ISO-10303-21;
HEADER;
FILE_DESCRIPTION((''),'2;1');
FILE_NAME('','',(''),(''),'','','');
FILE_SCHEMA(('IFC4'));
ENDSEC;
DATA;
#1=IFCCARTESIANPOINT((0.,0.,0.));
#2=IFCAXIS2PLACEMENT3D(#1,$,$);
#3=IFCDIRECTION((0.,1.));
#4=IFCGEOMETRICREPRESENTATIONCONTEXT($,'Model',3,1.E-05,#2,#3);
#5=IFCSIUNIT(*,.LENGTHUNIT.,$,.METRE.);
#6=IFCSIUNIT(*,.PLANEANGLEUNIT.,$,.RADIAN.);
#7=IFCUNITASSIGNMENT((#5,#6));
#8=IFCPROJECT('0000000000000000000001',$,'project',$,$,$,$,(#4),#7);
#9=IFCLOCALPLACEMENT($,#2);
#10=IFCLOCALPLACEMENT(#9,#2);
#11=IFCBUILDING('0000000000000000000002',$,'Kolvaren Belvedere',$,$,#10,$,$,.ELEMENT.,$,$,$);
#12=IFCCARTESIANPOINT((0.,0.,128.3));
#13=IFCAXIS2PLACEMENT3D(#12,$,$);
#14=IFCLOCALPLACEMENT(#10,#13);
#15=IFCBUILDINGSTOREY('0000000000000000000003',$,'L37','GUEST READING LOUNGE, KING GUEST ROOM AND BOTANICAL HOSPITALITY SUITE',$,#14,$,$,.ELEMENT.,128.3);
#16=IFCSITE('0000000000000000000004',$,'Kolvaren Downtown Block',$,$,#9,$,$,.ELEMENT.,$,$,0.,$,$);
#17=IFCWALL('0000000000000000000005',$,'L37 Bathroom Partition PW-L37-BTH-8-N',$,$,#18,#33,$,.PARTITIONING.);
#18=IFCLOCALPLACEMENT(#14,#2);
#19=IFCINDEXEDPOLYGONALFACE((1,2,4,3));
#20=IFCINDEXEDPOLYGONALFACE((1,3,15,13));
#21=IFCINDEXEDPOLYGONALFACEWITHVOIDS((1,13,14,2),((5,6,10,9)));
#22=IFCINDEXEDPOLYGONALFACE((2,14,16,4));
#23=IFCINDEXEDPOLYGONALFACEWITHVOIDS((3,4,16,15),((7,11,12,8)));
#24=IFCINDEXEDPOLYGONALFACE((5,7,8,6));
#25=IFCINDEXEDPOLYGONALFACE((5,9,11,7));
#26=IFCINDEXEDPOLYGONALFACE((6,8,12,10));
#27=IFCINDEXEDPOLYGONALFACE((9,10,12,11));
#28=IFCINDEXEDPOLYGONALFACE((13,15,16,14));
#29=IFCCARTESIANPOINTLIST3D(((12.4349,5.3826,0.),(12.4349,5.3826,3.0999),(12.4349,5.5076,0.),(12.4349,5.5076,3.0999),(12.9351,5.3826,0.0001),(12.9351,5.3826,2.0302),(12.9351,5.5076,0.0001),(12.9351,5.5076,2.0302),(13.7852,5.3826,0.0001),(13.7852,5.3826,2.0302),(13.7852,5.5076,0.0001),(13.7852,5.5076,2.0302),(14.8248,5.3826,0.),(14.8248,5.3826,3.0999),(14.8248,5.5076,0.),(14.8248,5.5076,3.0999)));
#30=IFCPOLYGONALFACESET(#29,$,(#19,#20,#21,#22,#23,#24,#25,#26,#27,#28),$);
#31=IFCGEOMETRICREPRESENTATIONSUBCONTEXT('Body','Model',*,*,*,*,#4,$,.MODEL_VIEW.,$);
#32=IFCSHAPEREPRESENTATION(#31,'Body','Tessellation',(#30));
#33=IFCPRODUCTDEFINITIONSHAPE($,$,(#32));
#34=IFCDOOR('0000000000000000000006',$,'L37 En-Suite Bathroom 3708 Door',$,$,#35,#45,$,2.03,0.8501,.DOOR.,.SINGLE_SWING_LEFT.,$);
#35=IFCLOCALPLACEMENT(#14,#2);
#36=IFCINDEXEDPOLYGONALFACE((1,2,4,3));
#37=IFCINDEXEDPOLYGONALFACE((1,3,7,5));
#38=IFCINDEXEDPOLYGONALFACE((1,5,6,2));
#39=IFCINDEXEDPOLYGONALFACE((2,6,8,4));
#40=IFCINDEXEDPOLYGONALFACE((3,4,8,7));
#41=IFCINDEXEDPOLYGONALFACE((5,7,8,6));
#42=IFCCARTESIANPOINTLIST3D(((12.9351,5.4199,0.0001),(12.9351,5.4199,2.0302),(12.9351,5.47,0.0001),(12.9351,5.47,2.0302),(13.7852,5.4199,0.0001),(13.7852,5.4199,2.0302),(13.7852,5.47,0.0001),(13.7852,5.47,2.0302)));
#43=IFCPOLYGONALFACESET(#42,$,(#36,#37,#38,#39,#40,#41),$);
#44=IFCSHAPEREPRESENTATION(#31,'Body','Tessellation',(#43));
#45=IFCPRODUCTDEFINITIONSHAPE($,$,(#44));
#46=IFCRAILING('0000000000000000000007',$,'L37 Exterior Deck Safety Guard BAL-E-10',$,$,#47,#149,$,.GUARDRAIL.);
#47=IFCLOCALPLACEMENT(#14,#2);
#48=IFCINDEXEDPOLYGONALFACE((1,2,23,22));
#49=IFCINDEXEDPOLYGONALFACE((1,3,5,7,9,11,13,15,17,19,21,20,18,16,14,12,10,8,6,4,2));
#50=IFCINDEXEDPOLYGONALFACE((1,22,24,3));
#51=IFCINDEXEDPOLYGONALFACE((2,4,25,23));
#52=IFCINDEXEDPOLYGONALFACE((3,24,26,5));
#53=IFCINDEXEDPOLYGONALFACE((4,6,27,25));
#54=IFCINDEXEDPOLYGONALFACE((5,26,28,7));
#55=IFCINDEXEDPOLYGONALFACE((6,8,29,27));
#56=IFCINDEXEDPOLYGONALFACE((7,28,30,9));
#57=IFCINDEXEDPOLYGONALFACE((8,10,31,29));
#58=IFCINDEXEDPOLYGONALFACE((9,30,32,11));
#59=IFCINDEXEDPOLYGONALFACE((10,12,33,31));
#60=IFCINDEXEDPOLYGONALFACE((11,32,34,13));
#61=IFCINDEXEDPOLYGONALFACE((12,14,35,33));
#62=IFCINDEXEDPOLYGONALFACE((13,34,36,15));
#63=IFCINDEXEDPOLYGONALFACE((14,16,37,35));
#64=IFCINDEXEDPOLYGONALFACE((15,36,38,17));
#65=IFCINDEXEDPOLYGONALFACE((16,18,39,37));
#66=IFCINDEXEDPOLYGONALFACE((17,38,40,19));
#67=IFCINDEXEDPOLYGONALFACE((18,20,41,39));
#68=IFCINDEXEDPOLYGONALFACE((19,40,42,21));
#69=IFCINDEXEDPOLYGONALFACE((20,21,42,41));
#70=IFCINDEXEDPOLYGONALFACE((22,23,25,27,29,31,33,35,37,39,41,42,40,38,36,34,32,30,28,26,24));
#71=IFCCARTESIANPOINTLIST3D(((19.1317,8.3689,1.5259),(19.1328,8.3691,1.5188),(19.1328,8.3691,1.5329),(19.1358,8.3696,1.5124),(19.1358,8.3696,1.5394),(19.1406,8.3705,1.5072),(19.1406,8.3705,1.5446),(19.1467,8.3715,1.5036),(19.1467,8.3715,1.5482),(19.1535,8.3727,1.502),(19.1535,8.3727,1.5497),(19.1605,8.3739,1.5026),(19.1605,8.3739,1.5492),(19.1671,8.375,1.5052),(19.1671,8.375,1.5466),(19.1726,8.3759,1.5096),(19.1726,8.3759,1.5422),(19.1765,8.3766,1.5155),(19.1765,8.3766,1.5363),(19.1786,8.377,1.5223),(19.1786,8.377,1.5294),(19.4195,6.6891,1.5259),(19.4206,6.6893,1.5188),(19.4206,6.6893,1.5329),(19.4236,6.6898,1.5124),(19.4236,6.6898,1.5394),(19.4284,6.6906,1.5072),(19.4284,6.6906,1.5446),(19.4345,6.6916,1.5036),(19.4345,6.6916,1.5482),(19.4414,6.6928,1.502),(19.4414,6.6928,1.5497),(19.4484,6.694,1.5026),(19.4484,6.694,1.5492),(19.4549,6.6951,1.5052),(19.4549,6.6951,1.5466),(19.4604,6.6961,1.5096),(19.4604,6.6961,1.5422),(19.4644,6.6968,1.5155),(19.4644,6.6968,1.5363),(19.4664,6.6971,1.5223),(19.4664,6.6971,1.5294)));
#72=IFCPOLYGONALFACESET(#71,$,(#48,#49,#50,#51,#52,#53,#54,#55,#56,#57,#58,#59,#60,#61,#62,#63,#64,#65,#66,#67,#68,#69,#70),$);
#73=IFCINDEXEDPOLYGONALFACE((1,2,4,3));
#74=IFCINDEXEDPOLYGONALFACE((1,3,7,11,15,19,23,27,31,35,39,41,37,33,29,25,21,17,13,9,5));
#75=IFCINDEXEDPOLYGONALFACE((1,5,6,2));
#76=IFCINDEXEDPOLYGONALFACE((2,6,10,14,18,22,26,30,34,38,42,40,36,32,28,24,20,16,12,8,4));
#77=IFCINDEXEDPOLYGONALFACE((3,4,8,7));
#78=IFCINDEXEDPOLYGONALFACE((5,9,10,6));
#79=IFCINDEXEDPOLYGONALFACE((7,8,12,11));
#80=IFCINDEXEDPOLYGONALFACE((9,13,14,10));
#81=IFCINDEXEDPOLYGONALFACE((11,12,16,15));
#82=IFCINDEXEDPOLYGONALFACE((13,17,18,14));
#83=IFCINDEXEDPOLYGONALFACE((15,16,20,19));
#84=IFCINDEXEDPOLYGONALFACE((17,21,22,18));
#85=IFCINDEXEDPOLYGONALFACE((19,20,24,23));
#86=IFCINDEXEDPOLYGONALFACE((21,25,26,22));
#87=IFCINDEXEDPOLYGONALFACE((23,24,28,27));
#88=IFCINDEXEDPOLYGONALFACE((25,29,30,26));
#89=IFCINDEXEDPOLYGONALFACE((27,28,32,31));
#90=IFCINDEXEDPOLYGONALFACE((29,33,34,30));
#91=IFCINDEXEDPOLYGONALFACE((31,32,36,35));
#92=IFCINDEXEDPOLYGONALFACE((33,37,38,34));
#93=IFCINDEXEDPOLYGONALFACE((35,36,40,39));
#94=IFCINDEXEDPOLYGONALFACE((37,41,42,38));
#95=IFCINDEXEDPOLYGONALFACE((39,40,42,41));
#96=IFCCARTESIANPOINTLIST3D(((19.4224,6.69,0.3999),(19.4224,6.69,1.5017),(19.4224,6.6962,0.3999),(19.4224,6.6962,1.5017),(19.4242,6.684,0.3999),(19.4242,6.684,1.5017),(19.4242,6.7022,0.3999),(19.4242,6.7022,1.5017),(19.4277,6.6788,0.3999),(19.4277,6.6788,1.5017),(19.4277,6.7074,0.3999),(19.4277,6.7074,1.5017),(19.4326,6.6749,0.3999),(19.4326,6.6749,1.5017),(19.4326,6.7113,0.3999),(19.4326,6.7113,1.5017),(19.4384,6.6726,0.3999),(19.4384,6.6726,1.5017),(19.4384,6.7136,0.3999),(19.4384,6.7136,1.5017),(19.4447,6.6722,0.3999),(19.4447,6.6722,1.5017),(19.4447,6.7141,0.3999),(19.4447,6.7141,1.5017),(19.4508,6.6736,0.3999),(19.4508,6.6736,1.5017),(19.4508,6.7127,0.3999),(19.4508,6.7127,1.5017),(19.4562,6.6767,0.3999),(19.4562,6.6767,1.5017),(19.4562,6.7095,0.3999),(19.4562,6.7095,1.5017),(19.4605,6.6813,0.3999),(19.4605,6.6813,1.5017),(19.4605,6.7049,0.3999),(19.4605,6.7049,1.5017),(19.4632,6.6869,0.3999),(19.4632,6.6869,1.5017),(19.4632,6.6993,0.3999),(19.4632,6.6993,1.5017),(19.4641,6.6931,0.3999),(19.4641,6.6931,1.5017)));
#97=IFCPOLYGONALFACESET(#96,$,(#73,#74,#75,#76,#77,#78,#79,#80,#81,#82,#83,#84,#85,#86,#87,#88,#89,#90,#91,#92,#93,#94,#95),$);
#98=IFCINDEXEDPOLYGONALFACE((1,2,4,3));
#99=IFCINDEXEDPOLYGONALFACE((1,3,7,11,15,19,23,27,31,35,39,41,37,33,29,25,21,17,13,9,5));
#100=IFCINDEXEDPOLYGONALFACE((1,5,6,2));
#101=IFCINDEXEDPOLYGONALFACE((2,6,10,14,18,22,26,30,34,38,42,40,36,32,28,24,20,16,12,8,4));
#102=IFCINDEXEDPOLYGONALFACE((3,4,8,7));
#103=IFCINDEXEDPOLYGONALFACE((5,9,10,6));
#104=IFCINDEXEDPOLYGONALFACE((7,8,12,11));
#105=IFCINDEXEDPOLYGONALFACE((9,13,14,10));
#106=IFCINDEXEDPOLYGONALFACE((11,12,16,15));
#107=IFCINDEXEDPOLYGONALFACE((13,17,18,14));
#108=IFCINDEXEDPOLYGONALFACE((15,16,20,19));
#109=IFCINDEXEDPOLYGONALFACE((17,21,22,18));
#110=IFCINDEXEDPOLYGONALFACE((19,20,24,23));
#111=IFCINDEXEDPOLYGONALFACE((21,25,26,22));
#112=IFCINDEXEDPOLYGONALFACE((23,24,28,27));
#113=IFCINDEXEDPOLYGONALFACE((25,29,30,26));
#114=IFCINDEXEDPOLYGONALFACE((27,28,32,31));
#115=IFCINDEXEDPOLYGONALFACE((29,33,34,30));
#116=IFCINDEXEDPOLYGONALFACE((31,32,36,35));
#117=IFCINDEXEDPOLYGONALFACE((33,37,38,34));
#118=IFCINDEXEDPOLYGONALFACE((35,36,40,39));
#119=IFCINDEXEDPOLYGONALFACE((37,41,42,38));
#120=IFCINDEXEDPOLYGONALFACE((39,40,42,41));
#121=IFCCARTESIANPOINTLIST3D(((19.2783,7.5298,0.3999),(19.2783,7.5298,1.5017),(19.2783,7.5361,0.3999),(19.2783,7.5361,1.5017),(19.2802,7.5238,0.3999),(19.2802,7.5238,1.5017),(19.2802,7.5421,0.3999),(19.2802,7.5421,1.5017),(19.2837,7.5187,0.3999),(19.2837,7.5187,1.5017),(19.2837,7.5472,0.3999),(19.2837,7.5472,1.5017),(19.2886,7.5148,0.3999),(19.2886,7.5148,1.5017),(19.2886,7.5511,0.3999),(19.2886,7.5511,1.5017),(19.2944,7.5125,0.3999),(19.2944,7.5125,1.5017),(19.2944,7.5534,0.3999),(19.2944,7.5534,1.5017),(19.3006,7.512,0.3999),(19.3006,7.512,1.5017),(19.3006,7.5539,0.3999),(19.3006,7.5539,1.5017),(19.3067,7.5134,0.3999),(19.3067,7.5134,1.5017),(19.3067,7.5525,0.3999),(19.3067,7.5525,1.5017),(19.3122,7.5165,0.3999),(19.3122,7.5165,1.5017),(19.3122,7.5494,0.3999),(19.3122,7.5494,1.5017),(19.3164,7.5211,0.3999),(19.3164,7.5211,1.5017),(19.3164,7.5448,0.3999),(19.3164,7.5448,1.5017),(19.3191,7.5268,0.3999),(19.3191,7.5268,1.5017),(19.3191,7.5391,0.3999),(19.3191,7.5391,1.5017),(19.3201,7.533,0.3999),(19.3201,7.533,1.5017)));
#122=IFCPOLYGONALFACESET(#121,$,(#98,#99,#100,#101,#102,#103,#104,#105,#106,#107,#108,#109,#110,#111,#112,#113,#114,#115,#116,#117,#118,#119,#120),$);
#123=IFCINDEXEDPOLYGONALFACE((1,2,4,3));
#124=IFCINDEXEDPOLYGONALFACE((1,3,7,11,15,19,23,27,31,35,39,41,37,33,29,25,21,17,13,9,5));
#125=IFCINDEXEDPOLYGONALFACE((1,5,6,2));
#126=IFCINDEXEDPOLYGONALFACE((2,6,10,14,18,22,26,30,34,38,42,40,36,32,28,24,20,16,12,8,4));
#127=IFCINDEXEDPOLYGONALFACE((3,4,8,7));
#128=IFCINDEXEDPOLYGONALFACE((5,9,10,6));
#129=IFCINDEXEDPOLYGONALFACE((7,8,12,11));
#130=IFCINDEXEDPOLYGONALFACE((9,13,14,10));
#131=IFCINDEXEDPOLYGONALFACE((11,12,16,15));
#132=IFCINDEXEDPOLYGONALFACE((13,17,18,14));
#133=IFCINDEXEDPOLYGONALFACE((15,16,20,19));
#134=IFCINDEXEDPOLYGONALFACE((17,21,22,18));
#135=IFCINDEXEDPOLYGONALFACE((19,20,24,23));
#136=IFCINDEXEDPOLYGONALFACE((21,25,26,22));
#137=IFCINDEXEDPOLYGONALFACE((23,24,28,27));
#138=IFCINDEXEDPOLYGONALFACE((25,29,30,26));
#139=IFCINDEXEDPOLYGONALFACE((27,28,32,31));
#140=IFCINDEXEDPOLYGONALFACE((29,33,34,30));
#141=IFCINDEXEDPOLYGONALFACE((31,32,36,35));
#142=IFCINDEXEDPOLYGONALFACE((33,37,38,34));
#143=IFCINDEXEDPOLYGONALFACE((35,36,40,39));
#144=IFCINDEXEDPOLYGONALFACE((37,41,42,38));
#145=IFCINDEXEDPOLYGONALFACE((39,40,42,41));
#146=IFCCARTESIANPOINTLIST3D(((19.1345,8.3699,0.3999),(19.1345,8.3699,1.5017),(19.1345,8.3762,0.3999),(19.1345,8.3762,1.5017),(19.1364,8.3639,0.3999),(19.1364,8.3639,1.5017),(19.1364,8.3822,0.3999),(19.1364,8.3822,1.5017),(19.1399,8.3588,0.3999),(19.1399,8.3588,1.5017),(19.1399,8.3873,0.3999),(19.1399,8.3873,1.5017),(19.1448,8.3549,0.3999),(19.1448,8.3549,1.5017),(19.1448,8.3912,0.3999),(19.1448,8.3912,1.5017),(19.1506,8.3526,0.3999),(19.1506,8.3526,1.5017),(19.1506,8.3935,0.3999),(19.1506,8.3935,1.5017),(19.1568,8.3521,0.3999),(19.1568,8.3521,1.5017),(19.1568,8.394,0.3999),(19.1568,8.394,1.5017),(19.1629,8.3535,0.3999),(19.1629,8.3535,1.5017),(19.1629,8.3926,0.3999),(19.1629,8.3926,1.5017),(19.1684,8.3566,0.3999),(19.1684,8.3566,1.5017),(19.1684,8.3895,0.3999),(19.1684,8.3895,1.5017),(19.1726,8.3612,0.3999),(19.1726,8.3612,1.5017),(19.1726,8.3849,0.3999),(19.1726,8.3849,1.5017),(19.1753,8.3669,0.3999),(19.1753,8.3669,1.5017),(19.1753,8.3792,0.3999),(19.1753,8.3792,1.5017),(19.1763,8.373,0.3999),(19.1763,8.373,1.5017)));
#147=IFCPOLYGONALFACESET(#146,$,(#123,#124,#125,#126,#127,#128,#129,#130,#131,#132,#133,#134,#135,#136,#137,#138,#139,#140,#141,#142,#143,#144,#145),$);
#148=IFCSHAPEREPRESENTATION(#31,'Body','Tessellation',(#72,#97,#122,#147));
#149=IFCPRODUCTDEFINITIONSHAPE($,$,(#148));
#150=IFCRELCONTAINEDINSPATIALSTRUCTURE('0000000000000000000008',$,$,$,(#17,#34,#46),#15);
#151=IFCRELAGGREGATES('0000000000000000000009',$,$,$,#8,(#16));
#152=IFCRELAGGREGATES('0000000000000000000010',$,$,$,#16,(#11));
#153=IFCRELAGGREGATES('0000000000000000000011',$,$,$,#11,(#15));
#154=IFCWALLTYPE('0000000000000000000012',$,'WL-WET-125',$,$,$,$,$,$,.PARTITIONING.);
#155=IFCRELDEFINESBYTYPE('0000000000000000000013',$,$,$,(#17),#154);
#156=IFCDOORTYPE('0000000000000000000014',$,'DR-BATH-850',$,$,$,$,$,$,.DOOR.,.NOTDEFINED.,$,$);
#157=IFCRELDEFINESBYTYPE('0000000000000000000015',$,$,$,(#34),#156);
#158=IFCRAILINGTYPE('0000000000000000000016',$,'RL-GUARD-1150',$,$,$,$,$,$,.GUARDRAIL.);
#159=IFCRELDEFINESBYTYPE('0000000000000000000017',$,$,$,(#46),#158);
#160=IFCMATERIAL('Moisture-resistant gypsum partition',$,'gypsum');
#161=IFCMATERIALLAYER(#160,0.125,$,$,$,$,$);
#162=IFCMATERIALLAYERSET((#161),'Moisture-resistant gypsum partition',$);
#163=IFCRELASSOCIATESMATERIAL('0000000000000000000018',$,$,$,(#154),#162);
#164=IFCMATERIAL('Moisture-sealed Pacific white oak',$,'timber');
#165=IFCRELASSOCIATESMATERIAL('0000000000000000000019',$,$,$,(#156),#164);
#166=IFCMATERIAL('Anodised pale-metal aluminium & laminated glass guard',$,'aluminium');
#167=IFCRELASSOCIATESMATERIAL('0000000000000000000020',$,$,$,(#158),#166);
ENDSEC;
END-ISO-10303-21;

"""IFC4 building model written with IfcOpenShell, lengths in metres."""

from ifc_helpers import new_model, si_unit, direction, frame, frame_2d, origin, origin_2d, place, context, subcontext, project, spatial, rectangle, circle, extrude, material, layer, layer_set, type_object, element, fill, save


model = new_model("IFC4")

# Units and contexts
model_context = context("Model", 3, precision=1e-05, world=origin(), true_north=direction((0.0, 1.0)))
body_context = subcontext(model_context, "Body", "Model", "MODEL_VIEW")
ifc_project = project(units=[si_unit("LENGTHUNIT", "METRE"), si_unit("PLANEANGLEUNIT", "RADIAN")], contexts=[model_context])

# Site, building, storey
site_placement = place(None, origin())
site = spatial("IfcSite", under=ifc_project, at=site_placement, Name="Kolvaren Downtown Block", CompositionType="ELEMENT", RefElevation=0.0)
building_placement = place(site_placement, origin())
building = spatial("IfcBuilding", under=site, at=building_placement, Name="Kolvaren Belvedere", CompositionType="ELEMENT")
storey_placement = place(building_placement, frame((0.0, 0.0, 128.3)))
storey = spatial("IfcBuildingStorey", under=building, at=storey_placement, Name="L37", Description="GUEST READING LOUNGE, KING GUEST ROOM AND BOTANICAL HOSPITALITY SUITE", CompositionType="ELEMENT", Elevation=128.3)

# Wall, opening, door
ifc_material_1 = material(Name="Moisture-resistant gypsum partition", Category="gypsum")
ifc_layer_1 = layer(ifc_material_1, 0.125)
ifc_layer_set_1 = layer_set([ifc_layer_1], Name="Moisture-resistant gypsum partition")
wall_type_1 = type_object("IfcWallType", Name="WL-WET-125", PredefinedType="PARTITIONING", material=ifc_layer_set_1)
wall_1_placement = place(storey_placement, frame((12.4351, 5.4451, 0.0), z_axis=(0.0, 0.0, 1.0), x_axis=(1.0, 0.0, 0.0)))
wall_1 = element("IfcWall", 1, at=wall_1_placement, inside=storey, type_object=wall_type_1, Name="L37 Bathroom Partition PW-L37-BTH-8-N", PredefinedType="PARTITIONING", context=body_context, shape_type="SweptSolid", body=[
    extrude(rectangle(XDim=2.3899, YDim=0.125, at=frame_2d((1.1948, 0.0))), origin(), (0.0, 0.0, 1.0), 3.0999),
])
opening_placement = place(wall_1_placement, frame((0.5, 0.0, 0.0)))
opening = element("IfcOpeningElement", 2, at=opening_placement, cuts=wall_1, PredefinedType="OPENING", context=body_context, shape_type="SweptSolid", body=[
    extrude(rectangle(XDim=0.8501, YDim=2.03, at=frame_2d((0.425, 1.0151))), frame((0.0, 0.0725, 0.0), z_axis=(0.0, -1.0, 0.0), x_axis=(1.0, 0.0, 0.0)), (0.0, 0.0, 1.0), 0.145),
])
ifc_material_2 = material(Name="Moisture-sealed Pacific white oak", Category="timber")
door_type = type_object("IfcDoorType", Name="DR-BATH-850", OperationType="NOTDEFINED", PredefinedType="DOOR", material=ifc_material_2)
door_placement = place(opening_placement, origin())
door = element("IfcDoor", 3, at=door_placement, inside=storey, type_object=door_type, Name="L37 En-Suite Bathroom 3708 Door", OperationType="SINGLE_SWING_LEFT", OverallHeight=2.03, OverallWidth=0.8501, PredefinedType="DOOR", context=body_context, shape_type="SweptSolid", body=[
    extrude(rectangle(XDim=0.8501, YDim=2.03, at=frame_2d((0.425, 1.0151))), frame((0.0, 0.0249, 0.0), z_axis=(0.0, -1.0, 0.0), x_axis=(1.0, 0.0, 0.0)), (0.0, 0.0, 1.0), 0.05),
])
fill(opening, door)

# Railing
ifc_material_3 = material(Name="Anodised pale-metal aluminium & laminated glass guard", Category="aluminium")
railing_type = type_object("IfcRailingType", Name="RL-GUARD-1150", PredefinedType="GUARDRAIL", material=ifc_material_3)
railing_1_placement = place(storey_placement, frame((19.4431, 6.6931, 0.3999)))
element("IfcRailing", 4, at=railing_1_placement, inside=storey, type_object=railing_type, Name="L37 Exterior Deck Safety Guard BAL-E-10", PredefinedType="GUARDRAIL", context=body_context, shape_type="SweptSolid", body=[
    extrude(circle(Radius=0.0239, at=origin_2d()), frame((0.0, 0.0, 1.126), z_axis=(-0.16888, 0.985637, 0.0), x_axis=(-0.985637, -0.16888, 0.0)), (0.0, 0.0, 1.0), 1.7043),
    extrude(circle(Radius=0.021, at=origin_2d()), origin(), (0.0, 0.0, 1.0), 1.1018),
    extrude(circle(Radius=0.021, at=origin_2d()), frame((-0.144, 0.8398, 0.0)), (0.0, 0.0, 1.0), 1.1018),
    extrude(circle(Radius=0.021, at=origin_2d()), frame((-0.2878, 1.6799, 0.0)), (0.0, 0.0, 1.0), 1.1018),
])

save(model, "model.ifc")
